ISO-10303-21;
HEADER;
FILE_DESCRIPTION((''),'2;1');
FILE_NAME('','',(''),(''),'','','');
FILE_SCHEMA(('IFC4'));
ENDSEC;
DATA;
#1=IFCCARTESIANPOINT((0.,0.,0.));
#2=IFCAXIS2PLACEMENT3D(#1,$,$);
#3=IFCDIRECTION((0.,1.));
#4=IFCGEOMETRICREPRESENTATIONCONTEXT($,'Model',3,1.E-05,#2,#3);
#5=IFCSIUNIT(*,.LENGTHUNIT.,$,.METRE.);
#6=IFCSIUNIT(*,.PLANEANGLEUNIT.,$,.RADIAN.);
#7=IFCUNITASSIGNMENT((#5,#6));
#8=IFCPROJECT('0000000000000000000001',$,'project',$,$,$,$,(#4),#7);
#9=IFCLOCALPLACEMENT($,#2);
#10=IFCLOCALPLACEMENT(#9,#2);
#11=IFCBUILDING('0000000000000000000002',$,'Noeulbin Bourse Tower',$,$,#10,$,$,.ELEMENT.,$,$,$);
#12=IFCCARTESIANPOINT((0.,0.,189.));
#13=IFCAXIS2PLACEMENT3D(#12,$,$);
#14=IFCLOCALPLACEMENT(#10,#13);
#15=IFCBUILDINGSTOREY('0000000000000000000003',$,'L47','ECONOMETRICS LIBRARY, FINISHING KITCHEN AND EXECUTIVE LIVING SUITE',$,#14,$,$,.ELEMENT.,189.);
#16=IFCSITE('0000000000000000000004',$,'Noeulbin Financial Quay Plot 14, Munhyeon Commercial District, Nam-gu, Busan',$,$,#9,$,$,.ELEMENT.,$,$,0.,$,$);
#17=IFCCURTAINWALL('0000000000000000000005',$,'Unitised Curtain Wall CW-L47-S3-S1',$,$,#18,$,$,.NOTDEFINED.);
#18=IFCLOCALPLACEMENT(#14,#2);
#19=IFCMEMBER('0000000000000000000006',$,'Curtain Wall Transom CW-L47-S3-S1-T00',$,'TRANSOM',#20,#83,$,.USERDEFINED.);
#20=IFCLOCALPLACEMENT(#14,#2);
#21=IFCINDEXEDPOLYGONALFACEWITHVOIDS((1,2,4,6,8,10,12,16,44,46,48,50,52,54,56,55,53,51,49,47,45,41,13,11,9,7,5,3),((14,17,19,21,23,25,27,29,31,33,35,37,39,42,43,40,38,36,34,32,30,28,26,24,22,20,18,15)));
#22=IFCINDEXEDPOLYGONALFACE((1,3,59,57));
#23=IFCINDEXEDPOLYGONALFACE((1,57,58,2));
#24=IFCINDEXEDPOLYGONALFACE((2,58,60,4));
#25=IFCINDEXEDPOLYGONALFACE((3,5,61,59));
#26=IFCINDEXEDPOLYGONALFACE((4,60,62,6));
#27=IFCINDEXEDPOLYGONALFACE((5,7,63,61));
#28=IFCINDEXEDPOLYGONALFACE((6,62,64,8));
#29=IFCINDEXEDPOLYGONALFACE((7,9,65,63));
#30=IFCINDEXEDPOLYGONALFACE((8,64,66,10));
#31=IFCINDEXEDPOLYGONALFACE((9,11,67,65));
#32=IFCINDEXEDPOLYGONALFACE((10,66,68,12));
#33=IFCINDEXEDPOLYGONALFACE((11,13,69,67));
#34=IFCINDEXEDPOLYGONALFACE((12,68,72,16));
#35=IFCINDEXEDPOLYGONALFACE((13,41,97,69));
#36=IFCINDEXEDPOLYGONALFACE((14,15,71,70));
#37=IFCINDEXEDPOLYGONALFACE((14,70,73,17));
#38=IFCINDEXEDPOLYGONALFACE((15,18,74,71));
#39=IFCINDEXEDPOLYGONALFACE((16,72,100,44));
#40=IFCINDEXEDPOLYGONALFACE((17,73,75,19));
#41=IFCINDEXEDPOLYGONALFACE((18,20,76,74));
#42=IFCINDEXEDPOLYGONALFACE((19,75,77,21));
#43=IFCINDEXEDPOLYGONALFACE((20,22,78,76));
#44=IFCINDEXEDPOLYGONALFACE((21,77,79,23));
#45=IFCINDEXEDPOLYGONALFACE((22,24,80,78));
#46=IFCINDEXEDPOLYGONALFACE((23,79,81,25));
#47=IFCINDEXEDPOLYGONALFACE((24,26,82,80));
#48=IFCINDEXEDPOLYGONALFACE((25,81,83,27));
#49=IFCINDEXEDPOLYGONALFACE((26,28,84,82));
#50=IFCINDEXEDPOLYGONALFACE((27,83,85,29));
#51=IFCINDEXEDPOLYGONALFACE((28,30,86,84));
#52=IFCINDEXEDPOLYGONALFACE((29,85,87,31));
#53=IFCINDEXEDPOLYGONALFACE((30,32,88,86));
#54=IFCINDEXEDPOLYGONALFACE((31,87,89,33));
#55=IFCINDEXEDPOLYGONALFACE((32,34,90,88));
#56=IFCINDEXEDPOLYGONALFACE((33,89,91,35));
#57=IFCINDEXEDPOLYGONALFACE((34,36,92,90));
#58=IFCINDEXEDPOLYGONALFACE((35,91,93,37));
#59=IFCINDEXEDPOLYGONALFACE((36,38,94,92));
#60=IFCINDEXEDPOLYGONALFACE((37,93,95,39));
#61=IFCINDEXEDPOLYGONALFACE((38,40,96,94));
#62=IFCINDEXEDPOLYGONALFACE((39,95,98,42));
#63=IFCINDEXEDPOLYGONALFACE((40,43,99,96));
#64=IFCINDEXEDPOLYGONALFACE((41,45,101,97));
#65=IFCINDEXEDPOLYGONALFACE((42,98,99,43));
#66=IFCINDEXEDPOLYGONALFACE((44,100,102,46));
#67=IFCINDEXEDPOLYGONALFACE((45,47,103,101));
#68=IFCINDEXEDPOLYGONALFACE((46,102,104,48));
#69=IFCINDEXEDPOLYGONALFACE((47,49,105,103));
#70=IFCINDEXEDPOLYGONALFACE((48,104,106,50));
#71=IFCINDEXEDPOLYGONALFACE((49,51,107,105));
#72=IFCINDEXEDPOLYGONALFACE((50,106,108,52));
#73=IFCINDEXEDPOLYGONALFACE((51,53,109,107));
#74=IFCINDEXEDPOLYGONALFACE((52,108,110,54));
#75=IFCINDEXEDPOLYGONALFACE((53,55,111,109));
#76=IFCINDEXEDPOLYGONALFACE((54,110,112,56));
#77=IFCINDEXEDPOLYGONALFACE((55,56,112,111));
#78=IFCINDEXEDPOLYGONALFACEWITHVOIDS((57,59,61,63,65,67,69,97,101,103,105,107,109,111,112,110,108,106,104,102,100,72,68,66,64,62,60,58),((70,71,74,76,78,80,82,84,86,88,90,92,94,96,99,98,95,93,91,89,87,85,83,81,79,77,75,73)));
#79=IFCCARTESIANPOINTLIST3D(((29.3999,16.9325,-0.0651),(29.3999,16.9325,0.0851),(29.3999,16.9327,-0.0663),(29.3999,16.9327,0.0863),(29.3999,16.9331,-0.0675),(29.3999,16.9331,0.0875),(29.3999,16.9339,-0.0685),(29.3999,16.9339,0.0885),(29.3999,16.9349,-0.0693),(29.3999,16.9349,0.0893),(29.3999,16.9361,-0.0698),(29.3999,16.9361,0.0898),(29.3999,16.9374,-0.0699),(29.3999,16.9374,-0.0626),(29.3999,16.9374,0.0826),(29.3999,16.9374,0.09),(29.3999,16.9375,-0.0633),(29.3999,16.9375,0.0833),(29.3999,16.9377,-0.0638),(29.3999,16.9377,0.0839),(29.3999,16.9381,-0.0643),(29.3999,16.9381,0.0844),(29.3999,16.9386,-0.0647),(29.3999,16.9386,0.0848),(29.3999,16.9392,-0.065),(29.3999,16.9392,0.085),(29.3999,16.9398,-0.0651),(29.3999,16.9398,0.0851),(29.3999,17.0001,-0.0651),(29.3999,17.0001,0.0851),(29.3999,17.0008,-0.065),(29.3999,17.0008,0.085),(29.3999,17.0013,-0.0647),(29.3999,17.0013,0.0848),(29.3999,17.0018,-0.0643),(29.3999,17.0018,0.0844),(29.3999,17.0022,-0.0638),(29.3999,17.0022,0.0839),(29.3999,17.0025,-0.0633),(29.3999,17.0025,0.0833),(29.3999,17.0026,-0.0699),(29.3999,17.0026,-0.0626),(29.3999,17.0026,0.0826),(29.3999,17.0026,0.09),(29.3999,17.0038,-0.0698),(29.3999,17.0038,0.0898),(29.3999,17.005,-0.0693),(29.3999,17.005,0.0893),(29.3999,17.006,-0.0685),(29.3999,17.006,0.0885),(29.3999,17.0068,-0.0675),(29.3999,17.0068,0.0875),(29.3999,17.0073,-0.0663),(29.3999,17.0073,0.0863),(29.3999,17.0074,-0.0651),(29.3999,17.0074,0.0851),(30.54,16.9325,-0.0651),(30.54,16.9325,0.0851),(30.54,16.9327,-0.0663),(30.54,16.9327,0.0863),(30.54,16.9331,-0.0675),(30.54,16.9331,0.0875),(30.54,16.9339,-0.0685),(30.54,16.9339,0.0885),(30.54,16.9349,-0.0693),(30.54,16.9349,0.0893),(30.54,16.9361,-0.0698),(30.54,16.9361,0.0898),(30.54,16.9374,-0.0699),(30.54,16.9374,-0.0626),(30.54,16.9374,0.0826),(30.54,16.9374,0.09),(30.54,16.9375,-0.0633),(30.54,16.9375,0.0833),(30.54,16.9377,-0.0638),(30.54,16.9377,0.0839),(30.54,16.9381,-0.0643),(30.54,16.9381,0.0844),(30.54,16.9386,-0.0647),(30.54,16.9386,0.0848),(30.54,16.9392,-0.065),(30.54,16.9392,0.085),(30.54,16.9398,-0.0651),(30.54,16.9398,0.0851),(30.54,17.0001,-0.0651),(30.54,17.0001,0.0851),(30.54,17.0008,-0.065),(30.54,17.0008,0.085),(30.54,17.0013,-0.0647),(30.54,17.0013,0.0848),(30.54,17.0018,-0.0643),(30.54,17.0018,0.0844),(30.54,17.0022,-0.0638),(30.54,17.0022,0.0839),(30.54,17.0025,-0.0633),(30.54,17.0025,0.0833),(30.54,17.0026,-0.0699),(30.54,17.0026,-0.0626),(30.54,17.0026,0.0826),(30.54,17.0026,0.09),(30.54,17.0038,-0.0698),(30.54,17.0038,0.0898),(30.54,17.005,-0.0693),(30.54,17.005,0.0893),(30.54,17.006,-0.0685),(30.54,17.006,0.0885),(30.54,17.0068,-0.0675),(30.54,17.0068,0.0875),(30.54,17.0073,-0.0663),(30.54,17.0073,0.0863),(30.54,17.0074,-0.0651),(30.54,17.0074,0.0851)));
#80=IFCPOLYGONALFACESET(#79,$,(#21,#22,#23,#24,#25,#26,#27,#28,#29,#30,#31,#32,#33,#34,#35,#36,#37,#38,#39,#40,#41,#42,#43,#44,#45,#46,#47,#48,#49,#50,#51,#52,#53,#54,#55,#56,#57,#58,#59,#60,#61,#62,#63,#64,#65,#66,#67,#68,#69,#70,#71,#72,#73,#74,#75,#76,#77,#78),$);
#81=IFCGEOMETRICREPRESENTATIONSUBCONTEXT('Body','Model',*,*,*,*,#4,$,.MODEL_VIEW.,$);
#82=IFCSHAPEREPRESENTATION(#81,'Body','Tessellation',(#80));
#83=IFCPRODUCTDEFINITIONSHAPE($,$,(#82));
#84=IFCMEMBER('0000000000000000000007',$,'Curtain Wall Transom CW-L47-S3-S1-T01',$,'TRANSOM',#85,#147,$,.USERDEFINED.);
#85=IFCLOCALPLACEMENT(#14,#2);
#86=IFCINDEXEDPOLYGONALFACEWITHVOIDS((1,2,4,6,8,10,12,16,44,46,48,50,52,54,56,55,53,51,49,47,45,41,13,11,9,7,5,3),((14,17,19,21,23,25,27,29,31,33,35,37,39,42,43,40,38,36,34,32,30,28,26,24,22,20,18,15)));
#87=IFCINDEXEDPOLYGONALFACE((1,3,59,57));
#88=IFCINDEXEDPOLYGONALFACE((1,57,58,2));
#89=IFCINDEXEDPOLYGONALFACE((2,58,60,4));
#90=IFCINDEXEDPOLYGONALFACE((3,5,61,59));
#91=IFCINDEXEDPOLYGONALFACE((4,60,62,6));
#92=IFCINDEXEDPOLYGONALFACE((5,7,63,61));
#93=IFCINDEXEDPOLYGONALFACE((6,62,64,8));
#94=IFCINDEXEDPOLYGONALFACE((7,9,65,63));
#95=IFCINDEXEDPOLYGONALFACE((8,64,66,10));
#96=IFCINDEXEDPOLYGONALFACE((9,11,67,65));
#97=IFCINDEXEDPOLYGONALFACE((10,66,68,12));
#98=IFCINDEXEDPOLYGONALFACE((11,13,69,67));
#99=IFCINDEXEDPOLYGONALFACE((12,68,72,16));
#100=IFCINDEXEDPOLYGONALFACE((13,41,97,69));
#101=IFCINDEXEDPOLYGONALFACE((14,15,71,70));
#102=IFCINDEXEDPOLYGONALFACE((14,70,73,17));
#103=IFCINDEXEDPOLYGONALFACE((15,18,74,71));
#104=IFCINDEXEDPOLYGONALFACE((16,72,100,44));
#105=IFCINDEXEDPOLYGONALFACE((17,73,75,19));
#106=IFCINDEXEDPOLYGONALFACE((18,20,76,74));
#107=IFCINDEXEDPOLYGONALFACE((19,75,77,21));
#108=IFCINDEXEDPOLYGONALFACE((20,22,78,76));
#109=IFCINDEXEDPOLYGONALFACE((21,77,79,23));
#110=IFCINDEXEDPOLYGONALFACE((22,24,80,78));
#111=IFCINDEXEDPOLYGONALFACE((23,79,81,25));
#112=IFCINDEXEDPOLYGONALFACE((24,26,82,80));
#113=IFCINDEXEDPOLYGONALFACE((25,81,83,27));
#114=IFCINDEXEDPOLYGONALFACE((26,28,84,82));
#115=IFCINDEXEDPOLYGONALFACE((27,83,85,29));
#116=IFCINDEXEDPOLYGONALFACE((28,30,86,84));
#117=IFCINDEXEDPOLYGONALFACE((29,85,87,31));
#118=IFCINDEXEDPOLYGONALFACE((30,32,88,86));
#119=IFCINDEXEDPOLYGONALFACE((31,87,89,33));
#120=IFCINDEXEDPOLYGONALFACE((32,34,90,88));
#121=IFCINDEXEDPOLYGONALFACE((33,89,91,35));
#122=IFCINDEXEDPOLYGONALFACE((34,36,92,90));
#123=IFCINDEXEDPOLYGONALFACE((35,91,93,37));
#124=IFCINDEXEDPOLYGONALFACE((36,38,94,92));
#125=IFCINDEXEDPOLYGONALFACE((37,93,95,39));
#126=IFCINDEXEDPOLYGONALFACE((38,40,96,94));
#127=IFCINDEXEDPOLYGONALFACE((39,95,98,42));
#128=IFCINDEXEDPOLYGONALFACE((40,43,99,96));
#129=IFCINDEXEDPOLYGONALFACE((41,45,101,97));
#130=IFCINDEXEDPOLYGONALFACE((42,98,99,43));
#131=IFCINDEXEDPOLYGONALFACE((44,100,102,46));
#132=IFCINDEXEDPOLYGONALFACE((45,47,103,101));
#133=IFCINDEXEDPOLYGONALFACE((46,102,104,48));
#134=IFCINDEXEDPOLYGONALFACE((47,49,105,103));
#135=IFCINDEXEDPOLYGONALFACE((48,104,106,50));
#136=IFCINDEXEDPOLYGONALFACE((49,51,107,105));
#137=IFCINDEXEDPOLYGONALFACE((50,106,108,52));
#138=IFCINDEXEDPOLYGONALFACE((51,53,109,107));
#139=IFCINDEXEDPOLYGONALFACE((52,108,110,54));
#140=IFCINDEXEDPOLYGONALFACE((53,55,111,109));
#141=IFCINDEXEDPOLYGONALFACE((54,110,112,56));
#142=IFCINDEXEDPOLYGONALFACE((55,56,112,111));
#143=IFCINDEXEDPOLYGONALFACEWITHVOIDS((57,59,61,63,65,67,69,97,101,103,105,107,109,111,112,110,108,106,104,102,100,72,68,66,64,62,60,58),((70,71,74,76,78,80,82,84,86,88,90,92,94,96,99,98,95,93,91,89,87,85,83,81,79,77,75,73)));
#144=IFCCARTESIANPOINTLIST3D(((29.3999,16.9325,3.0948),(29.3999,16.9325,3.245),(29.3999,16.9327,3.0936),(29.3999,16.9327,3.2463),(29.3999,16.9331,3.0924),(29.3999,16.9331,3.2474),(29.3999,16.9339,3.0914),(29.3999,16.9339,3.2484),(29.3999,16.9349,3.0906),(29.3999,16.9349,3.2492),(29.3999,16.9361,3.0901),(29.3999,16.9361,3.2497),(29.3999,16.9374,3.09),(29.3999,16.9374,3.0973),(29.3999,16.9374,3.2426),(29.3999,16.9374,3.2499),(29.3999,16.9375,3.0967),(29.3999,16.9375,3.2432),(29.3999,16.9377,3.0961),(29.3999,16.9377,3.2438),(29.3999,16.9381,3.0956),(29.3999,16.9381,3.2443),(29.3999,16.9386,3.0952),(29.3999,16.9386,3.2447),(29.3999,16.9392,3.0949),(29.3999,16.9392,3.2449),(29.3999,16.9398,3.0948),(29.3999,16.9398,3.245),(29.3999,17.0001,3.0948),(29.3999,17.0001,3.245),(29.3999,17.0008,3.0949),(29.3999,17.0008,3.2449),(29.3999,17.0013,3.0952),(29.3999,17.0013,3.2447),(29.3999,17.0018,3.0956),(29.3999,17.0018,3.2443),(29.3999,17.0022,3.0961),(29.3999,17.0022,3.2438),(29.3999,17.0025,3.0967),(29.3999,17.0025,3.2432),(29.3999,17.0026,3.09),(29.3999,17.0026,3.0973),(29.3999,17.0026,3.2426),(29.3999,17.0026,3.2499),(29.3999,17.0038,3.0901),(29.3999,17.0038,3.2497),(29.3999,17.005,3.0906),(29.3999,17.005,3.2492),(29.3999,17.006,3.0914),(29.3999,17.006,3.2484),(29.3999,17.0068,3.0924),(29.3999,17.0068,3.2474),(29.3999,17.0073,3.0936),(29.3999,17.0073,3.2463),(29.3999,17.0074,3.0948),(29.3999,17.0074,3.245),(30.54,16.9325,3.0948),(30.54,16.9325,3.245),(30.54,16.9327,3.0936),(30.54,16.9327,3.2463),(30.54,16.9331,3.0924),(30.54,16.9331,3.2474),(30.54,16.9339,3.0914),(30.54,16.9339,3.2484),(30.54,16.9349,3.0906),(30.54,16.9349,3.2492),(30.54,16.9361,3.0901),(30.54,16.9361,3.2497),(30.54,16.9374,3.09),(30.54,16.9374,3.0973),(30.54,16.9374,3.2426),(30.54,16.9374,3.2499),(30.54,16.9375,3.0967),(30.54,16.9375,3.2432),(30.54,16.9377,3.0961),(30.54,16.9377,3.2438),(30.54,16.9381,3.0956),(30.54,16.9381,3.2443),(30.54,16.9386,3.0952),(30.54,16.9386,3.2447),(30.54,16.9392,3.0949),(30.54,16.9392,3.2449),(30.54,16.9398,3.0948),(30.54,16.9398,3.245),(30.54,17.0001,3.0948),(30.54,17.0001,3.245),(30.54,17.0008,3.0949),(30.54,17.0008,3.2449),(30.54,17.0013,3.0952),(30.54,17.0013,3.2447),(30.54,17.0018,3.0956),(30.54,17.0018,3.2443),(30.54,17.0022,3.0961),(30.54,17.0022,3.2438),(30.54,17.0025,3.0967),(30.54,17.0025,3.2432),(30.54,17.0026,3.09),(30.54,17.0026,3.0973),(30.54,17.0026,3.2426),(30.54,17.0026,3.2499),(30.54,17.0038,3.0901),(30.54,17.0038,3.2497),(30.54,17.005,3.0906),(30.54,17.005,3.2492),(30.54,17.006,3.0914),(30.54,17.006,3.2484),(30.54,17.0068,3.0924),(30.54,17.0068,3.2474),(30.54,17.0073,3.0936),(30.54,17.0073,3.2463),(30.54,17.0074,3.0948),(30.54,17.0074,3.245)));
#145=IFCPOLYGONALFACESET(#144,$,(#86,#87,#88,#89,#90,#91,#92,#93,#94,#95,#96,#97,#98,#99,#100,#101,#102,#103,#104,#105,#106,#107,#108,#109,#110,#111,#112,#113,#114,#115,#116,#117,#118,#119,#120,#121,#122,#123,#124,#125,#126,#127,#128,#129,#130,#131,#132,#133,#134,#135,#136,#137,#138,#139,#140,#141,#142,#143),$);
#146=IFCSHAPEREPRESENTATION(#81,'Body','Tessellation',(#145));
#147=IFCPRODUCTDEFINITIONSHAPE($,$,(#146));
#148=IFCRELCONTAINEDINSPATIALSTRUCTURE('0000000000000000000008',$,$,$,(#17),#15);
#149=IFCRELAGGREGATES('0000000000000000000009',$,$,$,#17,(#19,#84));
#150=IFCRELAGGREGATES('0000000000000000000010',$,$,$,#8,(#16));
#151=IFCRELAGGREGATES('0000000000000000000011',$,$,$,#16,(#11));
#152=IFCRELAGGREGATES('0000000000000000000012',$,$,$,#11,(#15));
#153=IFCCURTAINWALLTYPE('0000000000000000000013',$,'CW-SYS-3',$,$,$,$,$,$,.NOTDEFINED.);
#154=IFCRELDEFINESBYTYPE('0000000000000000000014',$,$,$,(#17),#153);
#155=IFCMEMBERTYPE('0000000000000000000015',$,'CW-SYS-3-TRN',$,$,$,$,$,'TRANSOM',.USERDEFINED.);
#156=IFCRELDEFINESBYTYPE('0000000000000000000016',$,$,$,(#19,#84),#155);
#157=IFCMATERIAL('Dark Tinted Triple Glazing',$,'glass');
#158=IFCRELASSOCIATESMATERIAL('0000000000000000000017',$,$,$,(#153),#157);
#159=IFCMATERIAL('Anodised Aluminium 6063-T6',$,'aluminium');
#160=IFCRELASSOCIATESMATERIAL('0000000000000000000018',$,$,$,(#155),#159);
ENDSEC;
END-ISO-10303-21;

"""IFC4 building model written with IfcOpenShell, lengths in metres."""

from ifc_helpers import new_model, si_unit, direction, frame, origin, origin_2d, place, context, subcontext, project, spatial, hollow_rectangle, extrude, material, material_profile, profile_set, type_object, element, aggregate, save


model = new_model("IFC4")

# Units and contexts
model_context = context("Model", 3, precision=1e-05, world=origin(), true_north=direction((0.0, 1.0)))
body_context = subcontext(model_context, "Body", "Model", "MODEL_VIEW")
ifc_project = project(units=[si_unit("LENGTHUNIT", "METRE"), si_unit("PLANEANGLEUNIT", "RADIAN")], contexts=[model_context])

# Site, building, storey
site_placement = place(None, origin())
site = spatial("IfcSite", under=ifc_project, at=site_placement, Name="Noeulbin Financial Quay Plot 14, Munhyeon Commercial District, Nam-gu, Busan", CompositionType="ELEMENT", RefElevation=0.0)
building_placement = place(site_placement, origin())
building = spatial("IfcBuilding", under=site, at=building_placement, Name="Noeulbin Bourse Tower", CompositionType="ELEMENT")
storey_placement = place(building_placement, frame((0.0, 0.0, 189.0)))
storey = spatial("IfcBuildingStorey", under=building, at=storey_placement, Name="L47", Description="ECONOMETRICS LIBRARY, FINISHING KITCHEN AND EXECUTIVE LIVING SUITE", CompositionType="ELEMENT", Elevation=189.0)

# Curtain wall
ifc_material_1 = material(Name="Dark Tinted Triple Glazing", Category="glass")
curtain_wall_type = type_object("IfcCurtainWallType", Name="CW-SYS-3", PredefinedType="NOTDEFINED", material=ifc_material_1)
curtain_wall_1_placement = place(storey_placement, origin())
curtain_wall_1 = element("IfcCurtainWall", 1, at=curtain_wall_1_placement, inside=storey, type_object=curtain_wall_type, Name="Unitised Curtain Wall CW-L47-S3-S1", PredefinedType="NOTDEFINED")
ifc_material_2 = material(Name="Anodised Aluminium 6063-T6", Category="aluminium")

# Members
ifc_material_profile_1 = material_profile(ifc_material_2, hollow_rectangle(XDim=0.075, YDim=0.1599, WallThickness=0.0049, InnerFilletRadius=0.0024, OuterFilletRadius=0.0049, at=origin_2d()), Name="ALU-TRAN-75x160x5", Category="LoadBearing")
ifc_profile_set_1 = profile_set([ifc_material_profile_1], Name="Anodised Aluminium 6063-T6")
member_type_1 = type_object("IfcMemberType", Name="CW-SYS-3-TRN", ElementType="TRANSOM", PredefinedType="USERDEFINED", material=ifc_profile_set_1)
member_1_placement = place(storey_placement, frame((29.3999, 16.97, 0.01), z_axis=(1.0, 0.0, 0.0), x_axis=(0.0, 1.0, 0.0)))
member_1 = element("IfcMember", 2, at=member_1_placement, type_object=member_type_1, Name="Curtain Wall Transom CW-L47-S3-S1-T00", ObjectType="TRANSOM", PredefinedType="USERDEFINED", context=body_context, shape_type="SweptSolid", body=[
    extrude(hollow_rectangle(XDim=0.075, YDim=0.1599, WallThickness=0.0049, InnerFilletRadius=0.0024, OuterFilletRadius=0.0049, at=origin_2d()), origin(), (0.0, 0.0, 1.0), 1.1401),
])
member_2_placement = place(storey_placement, frame((29.3999, 16.97, 3.1699), z_axis=(1.0, 0.0, 0.0), x_axis=(0.0, 1.0, 0.0)))
member_2 = element("IfcMember", 3, at=member_2_placement, type_object=member_type_1, Name="Curtain Wall Transom CW-L47-S3-S1-T01", ObjectType="TRANSOM", PredefinedType="USERDEFINED", context=body_context, shape_type="SweptSolid", body=[
    extrude(hollow_rectangle(XDim=0.075, YDim=0.1599, WallThickness=0.0049, InnerFilletRadius=0.0024, OuterFilletRadius=0.0049, at=origin_2d()), origin(), (0.0, 0.0, 1.0), 1.1401),
])

aggregate(curtain_wall_1, [member_1, member_2])

save(model, "model.ifc")
